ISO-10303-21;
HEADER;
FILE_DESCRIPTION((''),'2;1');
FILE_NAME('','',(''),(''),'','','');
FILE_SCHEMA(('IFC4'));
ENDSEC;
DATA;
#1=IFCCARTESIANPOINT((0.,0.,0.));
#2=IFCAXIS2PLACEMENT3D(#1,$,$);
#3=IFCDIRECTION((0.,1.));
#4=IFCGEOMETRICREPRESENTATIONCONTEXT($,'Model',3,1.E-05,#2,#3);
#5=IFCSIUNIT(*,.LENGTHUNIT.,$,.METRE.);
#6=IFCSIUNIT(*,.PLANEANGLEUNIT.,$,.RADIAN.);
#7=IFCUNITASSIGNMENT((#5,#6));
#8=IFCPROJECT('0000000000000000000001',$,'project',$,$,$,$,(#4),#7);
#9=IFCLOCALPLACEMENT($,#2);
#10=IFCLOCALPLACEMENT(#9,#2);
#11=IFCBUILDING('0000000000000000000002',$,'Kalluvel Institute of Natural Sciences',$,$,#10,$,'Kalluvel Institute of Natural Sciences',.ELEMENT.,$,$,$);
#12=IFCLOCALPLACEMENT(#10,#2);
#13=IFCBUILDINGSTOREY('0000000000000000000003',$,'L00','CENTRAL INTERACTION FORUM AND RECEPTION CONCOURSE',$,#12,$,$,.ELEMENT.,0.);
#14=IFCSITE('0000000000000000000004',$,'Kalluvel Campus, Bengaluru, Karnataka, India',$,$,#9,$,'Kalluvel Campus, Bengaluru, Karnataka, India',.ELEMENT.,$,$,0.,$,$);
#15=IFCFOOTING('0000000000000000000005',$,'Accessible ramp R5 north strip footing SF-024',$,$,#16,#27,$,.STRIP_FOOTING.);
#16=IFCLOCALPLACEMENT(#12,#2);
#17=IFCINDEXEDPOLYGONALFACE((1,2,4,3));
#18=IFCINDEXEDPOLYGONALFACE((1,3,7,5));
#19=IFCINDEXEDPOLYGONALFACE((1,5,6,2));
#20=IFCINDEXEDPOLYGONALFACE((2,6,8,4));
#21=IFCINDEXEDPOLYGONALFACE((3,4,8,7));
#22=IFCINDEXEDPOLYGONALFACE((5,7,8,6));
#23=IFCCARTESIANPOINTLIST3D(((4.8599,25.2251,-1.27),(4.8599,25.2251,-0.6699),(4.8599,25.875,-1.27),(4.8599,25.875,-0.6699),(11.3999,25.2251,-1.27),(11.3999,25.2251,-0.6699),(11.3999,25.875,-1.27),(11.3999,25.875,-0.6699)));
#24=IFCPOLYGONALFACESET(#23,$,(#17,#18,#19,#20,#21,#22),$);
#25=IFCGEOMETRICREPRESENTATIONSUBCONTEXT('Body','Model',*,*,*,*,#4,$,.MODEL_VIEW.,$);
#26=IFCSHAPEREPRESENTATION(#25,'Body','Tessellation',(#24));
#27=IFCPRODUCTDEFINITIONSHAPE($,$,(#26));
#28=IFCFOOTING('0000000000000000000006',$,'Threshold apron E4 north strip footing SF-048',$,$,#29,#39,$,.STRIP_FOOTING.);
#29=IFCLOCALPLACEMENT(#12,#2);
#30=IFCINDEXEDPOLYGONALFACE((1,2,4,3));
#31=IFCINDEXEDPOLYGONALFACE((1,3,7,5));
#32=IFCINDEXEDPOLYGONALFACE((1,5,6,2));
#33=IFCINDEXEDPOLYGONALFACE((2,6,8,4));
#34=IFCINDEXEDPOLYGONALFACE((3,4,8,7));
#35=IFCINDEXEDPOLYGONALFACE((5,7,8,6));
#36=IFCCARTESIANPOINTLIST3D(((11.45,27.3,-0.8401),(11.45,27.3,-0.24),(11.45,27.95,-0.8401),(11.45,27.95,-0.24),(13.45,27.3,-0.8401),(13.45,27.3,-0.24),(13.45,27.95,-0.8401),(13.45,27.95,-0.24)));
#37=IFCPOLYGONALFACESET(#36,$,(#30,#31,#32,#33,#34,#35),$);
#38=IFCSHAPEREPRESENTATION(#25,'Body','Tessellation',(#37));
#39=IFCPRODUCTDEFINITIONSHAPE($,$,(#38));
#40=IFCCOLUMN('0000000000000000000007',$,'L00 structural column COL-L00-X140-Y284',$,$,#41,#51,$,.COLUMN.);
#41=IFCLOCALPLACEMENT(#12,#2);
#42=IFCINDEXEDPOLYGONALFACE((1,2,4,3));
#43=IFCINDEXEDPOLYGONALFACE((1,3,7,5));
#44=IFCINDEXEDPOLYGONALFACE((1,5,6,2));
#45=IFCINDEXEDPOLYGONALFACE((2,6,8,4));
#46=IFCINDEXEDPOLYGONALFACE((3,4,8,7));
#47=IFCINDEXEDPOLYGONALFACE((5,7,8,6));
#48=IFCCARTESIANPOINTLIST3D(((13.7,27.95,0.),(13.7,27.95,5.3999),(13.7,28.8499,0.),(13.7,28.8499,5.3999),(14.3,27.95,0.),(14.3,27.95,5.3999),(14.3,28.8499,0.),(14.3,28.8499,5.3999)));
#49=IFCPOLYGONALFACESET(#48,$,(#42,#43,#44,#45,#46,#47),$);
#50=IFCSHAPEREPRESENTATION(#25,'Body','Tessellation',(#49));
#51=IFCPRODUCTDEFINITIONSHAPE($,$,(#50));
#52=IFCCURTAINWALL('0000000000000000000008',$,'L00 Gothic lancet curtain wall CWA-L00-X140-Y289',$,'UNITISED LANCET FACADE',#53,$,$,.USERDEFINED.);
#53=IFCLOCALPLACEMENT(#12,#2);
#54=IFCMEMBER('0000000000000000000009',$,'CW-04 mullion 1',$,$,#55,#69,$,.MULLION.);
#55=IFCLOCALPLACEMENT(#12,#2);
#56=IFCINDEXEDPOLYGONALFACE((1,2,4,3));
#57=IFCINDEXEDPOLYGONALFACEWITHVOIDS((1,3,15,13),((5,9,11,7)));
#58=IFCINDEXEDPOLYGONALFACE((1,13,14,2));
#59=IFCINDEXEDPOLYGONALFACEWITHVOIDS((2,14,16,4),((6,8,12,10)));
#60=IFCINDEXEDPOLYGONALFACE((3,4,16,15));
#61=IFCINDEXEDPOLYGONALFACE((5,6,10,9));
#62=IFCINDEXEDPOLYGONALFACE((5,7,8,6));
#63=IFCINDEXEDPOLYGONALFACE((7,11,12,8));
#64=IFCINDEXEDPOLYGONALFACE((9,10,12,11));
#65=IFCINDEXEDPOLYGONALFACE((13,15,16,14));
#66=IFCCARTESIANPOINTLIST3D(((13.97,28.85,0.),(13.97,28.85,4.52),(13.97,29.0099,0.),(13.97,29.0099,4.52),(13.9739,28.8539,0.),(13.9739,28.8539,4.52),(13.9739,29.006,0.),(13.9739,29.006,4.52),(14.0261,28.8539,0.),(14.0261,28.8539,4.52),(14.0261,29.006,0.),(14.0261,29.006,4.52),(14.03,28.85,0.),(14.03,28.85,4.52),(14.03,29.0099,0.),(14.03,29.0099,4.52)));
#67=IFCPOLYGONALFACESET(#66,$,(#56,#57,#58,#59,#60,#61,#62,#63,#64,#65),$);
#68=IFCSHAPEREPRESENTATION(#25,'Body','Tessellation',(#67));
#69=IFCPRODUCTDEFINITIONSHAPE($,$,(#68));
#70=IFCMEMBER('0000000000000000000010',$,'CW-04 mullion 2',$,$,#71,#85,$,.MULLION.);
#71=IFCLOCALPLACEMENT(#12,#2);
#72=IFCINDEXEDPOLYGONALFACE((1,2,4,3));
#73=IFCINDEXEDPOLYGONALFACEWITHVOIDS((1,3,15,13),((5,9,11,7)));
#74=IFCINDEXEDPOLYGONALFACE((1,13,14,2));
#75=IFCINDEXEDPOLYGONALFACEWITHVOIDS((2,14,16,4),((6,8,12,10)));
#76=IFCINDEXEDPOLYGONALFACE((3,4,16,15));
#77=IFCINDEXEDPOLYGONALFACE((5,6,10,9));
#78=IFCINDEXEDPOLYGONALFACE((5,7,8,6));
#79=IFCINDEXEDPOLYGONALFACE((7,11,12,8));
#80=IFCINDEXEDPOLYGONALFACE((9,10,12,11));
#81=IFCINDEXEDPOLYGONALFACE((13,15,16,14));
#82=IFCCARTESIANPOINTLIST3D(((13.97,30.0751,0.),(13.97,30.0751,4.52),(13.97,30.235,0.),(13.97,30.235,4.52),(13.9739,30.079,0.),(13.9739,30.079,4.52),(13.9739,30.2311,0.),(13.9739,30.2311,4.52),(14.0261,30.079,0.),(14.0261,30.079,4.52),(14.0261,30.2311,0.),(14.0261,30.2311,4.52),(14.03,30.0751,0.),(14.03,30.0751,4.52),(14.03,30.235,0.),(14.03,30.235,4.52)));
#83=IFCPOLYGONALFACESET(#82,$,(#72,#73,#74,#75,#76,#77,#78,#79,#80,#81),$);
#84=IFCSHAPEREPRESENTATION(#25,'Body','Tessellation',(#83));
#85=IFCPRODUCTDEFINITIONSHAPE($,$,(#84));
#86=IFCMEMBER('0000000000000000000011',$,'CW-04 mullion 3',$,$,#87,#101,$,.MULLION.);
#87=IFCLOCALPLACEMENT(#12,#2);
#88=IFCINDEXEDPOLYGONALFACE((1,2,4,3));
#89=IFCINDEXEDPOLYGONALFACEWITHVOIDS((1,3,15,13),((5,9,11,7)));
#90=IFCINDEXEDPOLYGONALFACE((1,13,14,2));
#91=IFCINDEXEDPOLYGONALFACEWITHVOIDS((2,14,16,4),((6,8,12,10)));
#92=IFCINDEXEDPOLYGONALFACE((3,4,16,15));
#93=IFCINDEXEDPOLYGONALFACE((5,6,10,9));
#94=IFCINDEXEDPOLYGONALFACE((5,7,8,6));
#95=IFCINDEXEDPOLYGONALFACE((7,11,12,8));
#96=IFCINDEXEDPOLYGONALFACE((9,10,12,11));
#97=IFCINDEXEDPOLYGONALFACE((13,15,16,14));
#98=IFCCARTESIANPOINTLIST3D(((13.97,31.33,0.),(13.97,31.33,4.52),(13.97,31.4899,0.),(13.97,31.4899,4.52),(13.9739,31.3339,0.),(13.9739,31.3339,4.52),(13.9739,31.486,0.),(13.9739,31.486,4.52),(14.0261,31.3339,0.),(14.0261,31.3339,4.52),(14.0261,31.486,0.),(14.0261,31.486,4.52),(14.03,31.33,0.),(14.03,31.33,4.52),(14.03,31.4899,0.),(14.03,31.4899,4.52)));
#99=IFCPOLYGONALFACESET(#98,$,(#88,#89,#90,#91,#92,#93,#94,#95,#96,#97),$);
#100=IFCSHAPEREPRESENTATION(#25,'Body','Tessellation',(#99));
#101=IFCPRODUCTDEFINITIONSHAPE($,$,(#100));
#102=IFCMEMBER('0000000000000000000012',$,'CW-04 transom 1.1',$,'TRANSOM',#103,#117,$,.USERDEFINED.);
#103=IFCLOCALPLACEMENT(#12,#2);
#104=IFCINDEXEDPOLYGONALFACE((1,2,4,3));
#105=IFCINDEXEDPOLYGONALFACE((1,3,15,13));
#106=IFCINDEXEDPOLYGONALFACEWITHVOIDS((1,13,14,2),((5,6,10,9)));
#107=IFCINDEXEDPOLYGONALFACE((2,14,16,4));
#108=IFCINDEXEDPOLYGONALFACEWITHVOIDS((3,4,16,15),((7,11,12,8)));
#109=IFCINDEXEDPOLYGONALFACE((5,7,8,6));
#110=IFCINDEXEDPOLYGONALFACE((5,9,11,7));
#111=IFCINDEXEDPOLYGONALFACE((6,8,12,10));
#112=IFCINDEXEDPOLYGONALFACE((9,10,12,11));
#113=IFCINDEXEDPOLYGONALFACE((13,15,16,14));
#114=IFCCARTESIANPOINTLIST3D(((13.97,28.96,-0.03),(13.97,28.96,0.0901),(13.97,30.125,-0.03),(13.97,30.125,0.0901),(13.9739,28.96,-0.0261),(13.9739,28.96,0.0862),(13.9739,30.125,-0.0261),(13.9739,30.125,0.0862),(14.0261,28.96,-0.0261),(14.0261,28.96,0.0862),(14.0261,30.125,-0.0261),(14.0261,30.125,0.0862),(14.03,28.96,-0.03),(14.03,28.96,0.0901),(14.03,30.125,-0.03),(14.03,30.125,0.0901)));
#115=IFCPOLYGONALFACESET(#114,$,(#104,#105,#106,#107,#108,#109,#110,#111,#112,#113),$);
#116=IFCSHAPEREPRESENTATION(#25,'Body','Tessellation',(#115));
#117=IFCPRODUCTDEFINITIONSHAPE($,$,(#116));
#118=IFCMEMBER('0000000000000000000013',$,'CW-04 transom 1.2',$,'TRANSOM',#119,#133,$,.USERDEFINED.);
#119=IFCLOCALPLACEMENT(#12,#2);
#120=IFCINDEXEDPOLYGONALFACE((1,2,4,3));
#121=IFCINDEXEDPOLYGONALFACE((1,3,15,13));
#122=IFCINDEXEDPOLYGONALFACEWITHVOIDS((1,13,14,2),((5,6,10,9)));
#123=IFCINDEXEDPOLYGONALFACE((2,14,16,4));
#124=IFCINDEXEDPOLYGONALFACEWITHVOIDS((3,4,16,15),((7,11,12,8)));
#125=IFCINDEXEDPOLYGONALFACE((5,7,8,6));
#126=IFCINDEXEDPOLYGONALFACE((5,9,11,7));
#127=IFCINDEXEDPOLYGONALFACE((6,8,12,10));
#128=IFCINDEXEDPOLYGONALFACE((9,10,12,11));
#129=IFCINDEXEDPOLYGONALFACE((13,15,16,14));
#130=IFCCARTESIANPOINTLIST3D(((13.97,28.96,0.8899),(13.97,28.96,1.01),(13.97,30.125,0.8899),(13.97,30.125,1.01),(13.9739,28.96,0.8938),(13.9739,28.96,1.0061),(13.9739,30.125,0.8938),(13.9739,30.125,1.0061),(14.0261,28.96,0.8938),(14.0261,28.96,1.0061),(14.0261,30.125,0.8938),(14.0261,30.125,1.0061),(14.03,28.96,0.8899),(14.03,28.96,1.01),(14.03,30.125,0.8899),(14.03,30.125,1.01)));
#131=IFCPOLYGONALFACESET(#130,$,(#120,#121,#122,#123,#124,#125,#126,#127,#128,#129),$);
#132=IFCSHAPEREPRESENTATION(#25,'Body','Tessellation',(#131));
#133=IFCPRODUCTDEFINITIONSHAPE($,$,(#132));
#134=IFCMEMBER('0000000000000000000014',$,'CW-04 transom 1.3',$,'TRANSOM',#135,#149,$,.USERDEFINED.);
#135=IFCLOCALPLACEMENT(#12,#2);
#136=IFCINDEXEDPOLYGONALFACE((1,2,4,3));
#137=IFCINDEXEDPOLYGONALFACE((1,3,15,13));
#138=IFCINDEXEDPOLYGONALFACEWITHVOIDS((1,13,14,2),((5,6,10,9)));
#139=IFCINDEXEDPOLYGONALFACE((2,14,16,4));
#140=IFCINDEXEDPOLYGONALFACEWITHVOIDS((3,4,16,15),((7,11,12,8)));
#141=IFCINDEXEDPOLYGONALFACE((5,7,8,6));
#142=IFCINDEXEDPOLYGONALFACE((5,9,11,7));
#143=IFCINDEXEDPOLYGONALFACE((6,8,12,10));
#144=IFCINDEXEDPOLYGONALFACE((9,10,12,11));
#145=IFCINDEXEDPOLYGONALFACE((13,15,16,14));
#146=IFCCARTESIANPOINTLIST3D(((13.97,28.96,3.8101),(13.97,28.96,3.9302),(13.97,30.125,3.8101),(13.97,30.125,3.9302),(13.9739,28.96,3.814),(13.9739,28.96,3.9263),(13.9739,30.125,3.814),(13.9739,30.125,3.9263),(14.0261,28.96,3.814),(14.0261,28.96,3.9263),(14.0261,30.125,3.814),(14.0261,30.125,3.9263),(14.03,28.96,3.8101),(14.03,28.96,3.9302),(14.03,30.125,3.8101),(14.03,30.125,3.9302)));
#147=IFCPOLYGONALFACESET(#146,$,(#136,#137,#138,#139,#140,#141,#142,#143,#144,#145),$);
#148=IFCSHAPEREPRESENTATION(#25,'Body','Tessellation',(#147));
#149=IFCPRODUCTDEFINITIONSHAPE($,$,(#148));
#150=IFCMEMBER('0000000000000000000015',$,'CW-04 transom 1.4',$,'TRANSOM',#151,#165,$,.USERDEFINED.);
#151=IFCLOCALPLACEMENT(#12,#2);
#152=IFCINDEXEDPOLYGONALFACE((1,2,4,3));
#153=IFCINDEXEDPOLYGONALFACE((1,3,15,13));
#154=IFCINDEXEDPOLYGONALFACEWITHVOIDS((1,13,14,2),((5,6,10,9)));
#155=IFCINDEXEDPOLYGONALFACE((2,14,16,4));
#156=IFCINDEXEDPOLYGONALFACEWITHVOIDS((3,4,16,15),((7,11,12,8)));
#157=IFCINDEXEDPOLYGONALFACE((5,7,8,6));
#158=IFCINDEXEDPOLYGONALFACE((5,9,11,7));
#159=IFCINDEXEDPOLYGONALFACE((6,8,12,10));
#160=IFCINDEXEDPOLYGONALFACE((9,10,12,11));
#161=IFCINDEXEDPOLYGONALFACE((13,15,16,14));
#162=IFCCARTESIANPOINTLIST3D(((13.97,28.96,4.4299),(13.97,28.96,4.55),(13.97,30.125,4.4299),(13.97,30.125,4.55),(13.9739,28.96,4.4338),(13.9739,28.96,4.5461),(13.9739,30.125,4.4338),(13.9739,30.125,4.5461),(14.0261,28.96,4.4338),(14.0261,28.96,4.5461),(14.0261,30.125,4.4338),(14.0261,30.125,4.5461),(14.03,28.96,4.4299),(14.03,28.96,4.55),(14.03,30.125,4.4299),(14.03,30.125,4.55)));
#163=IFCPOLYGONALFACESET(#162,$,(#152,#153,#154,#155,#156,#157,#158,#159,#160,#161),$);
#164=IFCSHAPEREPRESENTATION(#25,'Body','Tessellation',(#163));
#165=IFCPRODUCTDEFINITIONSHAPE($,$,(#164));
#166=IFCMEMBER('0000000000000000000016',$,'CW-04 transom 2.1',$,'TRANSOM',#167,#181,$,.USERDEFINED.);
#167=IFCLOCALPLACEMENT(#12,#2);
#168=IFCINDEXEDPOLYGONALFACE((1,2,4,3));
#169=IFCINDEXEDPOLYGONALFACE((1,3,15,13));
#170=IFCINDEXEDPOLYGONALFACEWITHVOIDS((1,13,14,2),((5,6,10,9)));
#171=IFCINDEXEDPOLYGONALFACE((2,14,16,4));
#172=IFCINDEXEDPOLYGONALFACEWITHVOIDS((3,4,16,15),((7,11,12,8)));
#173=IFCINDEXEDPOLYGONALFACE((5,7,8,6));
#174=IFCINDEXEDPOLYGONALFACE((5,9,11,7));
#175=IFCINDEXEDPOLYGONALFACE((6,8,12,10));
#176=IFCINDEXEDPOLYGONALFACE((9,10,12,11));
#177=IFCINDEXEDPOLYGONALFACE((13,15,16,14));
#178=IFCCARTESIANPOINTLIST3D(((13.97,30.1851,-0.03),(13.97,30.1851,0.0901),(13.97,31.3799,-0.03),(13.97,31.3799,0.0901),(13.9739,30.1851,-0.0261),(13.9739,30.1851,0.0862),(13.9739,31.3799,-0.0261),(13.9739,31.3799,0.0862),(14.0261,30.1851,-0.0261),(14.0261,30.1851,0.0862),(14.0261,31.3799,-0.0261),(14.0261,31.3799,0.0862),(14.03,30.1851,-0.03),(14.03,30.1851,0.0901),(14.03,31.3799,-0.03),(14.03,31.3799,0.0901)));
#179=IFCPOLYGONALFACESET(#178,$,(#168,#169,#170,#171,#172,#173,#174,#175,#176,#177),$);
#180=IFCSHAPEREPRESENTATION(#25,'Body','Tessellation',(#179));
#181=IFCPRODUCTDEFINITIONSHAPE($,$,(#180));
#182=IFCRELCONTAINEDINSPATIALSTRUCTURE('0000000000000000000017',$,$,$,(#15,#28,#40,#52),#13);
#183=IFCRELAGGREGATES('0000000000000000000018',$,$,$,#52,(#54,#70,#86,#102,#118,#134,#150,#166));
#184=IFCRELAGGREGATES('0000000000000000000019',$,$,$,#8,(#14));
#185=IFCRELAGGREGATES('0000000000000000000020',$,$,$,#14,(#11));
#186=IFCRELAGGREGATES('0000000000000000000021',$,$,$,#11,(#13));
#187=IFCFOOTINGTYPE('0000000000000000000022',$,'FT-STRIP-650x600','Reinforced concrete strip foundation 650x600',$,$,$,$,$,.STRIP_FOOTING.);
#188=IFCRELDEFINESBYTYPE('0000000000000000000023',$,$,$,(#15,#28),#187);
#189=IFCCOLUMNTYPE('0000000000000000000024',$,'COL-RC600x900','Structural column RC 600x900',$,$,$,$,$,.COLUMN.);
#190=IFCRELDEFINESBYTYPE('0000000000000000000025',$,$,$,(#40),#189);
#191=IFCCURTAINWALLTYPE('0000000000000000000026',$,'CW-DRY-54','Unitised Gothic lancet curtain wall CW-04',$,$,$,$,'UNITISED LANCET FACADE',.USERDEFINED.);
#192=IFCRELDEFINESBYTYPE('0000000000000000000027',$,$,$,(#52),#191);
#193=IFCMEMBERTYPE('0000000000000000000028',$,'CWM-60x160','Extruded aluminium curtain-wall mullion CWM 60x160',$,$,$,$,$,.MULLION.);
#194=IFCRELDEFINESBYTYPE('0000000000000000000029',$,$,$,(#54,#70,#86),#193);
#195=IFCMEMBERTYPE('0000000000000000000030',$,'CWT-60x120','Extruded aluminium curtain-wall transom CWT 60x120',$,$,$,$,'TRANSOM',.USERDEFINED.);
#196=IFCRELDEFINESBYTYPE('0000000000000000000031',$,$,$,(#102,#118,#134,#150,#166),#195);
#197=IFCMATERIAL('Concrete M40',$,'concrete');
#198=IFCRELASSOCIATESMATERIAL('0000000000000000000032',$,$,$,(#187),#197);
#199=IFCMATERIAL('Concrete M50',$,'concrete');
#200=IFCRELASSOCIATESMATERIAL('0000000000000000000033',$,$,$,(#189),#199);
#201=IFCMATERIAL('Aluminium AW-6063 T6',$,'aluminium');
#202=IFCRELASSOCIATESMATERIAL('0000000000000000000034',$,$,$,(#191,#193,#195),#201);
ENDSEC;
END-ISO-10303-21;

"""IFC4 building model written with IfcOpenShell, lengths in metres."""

from ifc_helpers import new_model, si_unit, direction, frame, origin, origin_2d, place, context, subcontext, project, spatial, rectangle, hollow_rectangle, extrude, material, material_profile, profile_set, type_object, element, aggregate, save


model = new_model("IFC4")

# Units and contexts
model_context = context("Model", 3, precision=1e-05, world=origin(), true_north=direction((0.0, 1.0)))
body_context = subcontext(model_context, "Body", "Model", "MODEL_VIEW")
ifc_project = project(units=[si_unit("LENGTHUNIT", "METRE"), si_unit("PLANEANGLEUNIT", "RADIAN")], contexts=[model_context])

# Site, building, storey
site_placement = place(None, origin())
site = spatial("IfcSite", under=ifc_project, at=site_placement, Name="Kalluvel Campus, Bengaluru, Karnataka, India", LongName="Kalluvel Campus, Bengaluru, Karnataka, India", CompositionType="ELEMENT", RefElevation=0.0)
building_placement = place(site_placement, origin())
building = spatial("IfcBuilding", under=site, at=building_placement, Name="Kalluvel Institute of Natural Sciences", LongName="Kalluvel Institute of Natural Sciences", CompositionType="ELEMENT")
storey_placement = place(building_placement, origin())
storey = spatial("IfcBuildingStorey", under=building, at=storey_placement, Name="L00", Description="CENTRAL INTERACTION FORUM AND RECEPTION CONCOURSE", CompositionType="ELEMENT", Elevation=0.0)

# Footings
ifc_material_1 = material(Name="Concrete M40", Category="concrete")
footing_type = type_object("IfcFootingType", Name="FT-STRIP-650x600", Description="Reinforced concrete strip foundation 650x600", PredefinedType="STRIP_FOOTING", material=ifc_material_1)
footing_1_placement = place(storey_placement, frame((8.1299, 25.55, -1.27), z_axis=(0.0, 0.0, 1.0), x_axis=(1.0, 0.0, 0.0)))
element("IfcFooting", 1, at=footing_1_placement, inside=storey, type_object=footing_type, Name="Accessible ramp R5 north strip footing SF-024", PredefinedType="STRIP_FOOTING", context=body_context, shape_type="SweptSolid", body=[
    extrude(rectangle(XDim=6.54, YDim=0.6499, at=origin_2d()), origin(), (0.0, 0.0, 1.0), 0.6001),
])
footing_2_placement = place(storey_placement, frame((12.45, 27.625, -0.8401), z_axis=(0.0, 0.0, 1.0), x_axis=(1.0, 0.0, 0.0)))
element("IfcFooting", 2, at=footing_2_placement, inside=storey, type_object=footing_type, Name="Threshold apron E4 north strip footing SF-048", PredefinedType="STRIP_FOOTING", context=body_context, shape_type="SweptSolid", body=[
    extrude(rectangle(XDim=2.0, YDim=0.6499, at=origin_2d()), origin(), (0.0, 0.0, 1.0), 0.6001),
])

# Column
ifc_material_2 = material(Name="Concrete M50", Category="concrete")
ifc_material_profile_1 = material_profile(ifc_material_2, rectangle(XDim=0.6001, YDim=0.8999, at=origin_2d()), Name="RC 600x900")
ifc_profile_set_1 = profile_set([ifc_material_profile_1], Name="Concrete M50")
column_type = type_object("IfcColumnType", Name="COL-RC600x900", Description="Structural column RC 600x900", PredefinedType="COLUMN", material=ifc_profile_set_1)
column_placement = place(storey_placement, frame((14.0, 28.3999, 0.0), z_axis=(0.0, 0.0, 1.0), x_axis=(1.0, 0.0, 0.0)))
element("IfcColumn", 3, at=column_placement, inside=storey, type_object=column_type, Name="L00 structural column COL-L00-X140-Y284", PredefinedType="COLUMN", context=body_context, shape_type="SweptSolid", body=[
    extrude(rectangle(XDim=0.6001, YDim=0.8999, at=origin_2d()), origin(), (0.0, 0.0, 1.0), 5.3999),
])

# Curtain wall, members
ifc_material_3 = material(Name="Aluminium AW-6063 T6", Category="aluminium")
curtain_wall_type = type_object("IfcCurtainWallType", Name="CW-DRY-54", Description="Unitised Gothic lancet curtain wall CW-04", ElementType="UNITISED LANCET FACADE", PredefinedType="USERDEFINED", material=ifc_material_3)
curtain_wall_placement = place(storey_placement, origin())
curtain_wall = element("IfcCurtainWall", 4, at=curtain_wall_placement, inside=storey, type_object=curtain_wall_type, Name="L00 Gothic lancet curtain wall CWA-L00-X140-Y289", ObjectType="UNITISED LANCET FACADE", PredefinedType="USERDEFINED")
ifc_material_profile_2 = material_profile(ifc_material_3, hollow_rectangle(XDim=0.0601, YDim=0.1599, WallThickness=0.0039, at=origin_2d()), Name="CWM 60x160")
ifc_profile_set_2 = profile_set([ifc_material_profile_2], Name="Aluminium AW-6063 T6")
member_type_1 = type_object("IfcMemberType", Name="CWM-60x160", Description="Extruded aluminium curtain-wall mullion CWM 60x160", PredefinedType="MULLION", material=ifc_profile_set_2)
member_1_placement = place(storey_placement, frame((14.0, 28.9299, 0.0), z_axis=(0.0, 0.0, 1.0), x_axis=(-1.0, 0.0, 0.0)))
member_1 = element("IfcMember", 5, at=member_1_placement, type_object=member_type_1, Name="CW-04 mullion 1", PredefinedType="MULLION", context=body_context, shape_type="SweptSolid", body=[
    extrude(hollow_rectangle(XDim=0.0601, YDim=0.1599, WallThickness=0.0039, at=origin_2d()), origin(), (0.0, 0.0, 1.0), 4.52),
])
member_2_placement = place(storey_placement, frame((14.0, 30.155, 0.0), z_axis=(0.0, 0.0, 1.0), x_axis=(-1.0, 0.0, 0.0)))
member_2 = element("IfcMember", 6, at=member_2_placement, type_object=member_type_1, Name="CW-04 mullion 2", PredefinedType="MULLION", context=body_context, shape_type="SweptSolid", body=[
    extrude(hollow_rectangle(XDim=0.0601, YDim=0.1599, WallThickness=0.0039, at=origin_2d()), origin(), (0.0, 0.0, 1.0), 4.52),
])
member_3_placement = place(storey_placement, frame((14.0, 31.4099, 0.0), z_axis=(0.0, 0.0, 1.0), x_axis=(-1.0, 0.0, 0.0)))
member_3 = element("IfcMember", 7, at=member_3_placement, type_object=member_type_1, Name="CW-04 mullion 3", PredefinedType="MULLION", context=body_context, shape_type="SweptSolid", body=[
    extrude(hollow_rectangle(XDim=0.0601, YDim=0.1599, WallThickness=0.0039, at=origin_2d()), origin(), (0.0, 0.0, 1.0), 4.52),
])
ifc_material_profile_3 = material_profile(ifc_material_3, hollow_rectangle(XDim=0.0601, YDim=0.1201, WallThickness=0.0039, at=origin_2d()), Name="CWT 60x120")
ifc_profile_set_3 = profile_set([ifc_material_profile_3], Name="Aluminium AW-6063 T6")
member_type_2 = type_object("IfcMemberType", Name="CWT-60x120", Description="Extruded aluminium curtain-wall transom CWT 60x120", ElementType="TRANSOM", PredefinedType="USERDEFINED", material=ifc_profile_set_3)
member_4_placement = place(storey_placement, frame((14.0, 28.96, 0.03), z_axis=(0.0, 1.0, 0.0), x_axis=(-1.0, 0.0, 0.0)))
member_4 = element("IfcMember", 8, at=member_4_placement, type_object=member_type_2, Name="CW-04 transom 1.1", ObjectType="TRANSOM", PredefinedType="USERDEFINED", context=body_context, shape_type="SweptSolid", body=[
    extrude(hollow_rectangle(XDim=0.0601, YDim=0.1201, WallThickness=0.0039, at=origin_2d()), origin(), (0.0, 0.0, 1.0), 1.165),
])
member_5_placement = place(storey_placement, frame((14.0, 28.96, 0.95), z_axis=(0.0, 1.0, 0.0), x_axis=(-1.0, 0.0, 0.0)))
member_5 = element("IfcMember", 9, at=member_5_placement, type_object=member_type_2, Name="CW-04 transom 1.2", ObjectType="TRANSOM", PredefinedType="USERDEFINED", context=body_context, shape_type="SweptSolid", body=[
    extrude(hollow_rectangle(XDim=0.0601, YDim=0.1201, WallThickness=0.0039, at=origin_2d()), origin(), (0.0, 0.0, 1.0), 1.165),
])
member_6_placement = place(storey_placement, frame((14.0, 28.96, 3.8701), z_axis=(0.0, 1.0, 0.0), x_axis=(-1.0, 0.0, 0.0)))
member_6 = element("IfcMember", 10, at=member_6_placement, type_object=member_type_2, Name="CW-04 transom 1.3", ObjectType="TRANSOM", PredefinedType="USERDEFINED", context=body_context, shape_type="SweptSolid", body=[
    extrude(hollow_rectangle(XDim=0.0601, YDim=0.1201, WallThickness=0.0039, at=origin_2d()), origin(), (0.0, 0.0, 1.0), 1.165),
])
member_7_placement = place(storey_placement, frame((14.0, 28.96, 4.49), z_axis=(0.0, 1.0, 0.0), x_axis=(-1.0, 0.0, 0.0)))
member_7 = element("IfcMember", 11, at=member_7_placement, type_object=member_type_2, Name="CW-04 transom 1.4", ObjectType="TRANSOM", PredefinedType="USERDEFINED", context=body_context, shape_type="SweptSolid", body=[
    extrude(hollow_rectangle(XDim=0.0601, YDim=0.1201, WallThickness=0.0039, at=origin_2d()), origin(), (0.0, 0.0, 1.0), 1.165),
])
member_8_placement = place(storey_placement, frame((14.0, 30.1851, 0.03), z_axis=(0.0, 1.0, 0.0), x_axis=(-1.0, 0.0, 0.0)))
member_8 = element("IfcMember", 12, at=member_8_placement, type_object=member_type_2, Name="CW-04 transom 2.1", ObjectType="TRANSOM", PredefinedType="USERDEFINED", context=body_context, shape_type="SweptSolid", body=[
    extrude(hollow_rectangle(XDim=0.0601, YDim=0.1201, WallThickness=0.0039, at=origin_2d()), origin(), (0.0, 0.0, 1.0), 1.1948),
])

aggregate(curtain_wall, [member_1, member_2, member_3, member_4, member_5, member_6, member_7, member_8])

save(model, "model.ifc")
